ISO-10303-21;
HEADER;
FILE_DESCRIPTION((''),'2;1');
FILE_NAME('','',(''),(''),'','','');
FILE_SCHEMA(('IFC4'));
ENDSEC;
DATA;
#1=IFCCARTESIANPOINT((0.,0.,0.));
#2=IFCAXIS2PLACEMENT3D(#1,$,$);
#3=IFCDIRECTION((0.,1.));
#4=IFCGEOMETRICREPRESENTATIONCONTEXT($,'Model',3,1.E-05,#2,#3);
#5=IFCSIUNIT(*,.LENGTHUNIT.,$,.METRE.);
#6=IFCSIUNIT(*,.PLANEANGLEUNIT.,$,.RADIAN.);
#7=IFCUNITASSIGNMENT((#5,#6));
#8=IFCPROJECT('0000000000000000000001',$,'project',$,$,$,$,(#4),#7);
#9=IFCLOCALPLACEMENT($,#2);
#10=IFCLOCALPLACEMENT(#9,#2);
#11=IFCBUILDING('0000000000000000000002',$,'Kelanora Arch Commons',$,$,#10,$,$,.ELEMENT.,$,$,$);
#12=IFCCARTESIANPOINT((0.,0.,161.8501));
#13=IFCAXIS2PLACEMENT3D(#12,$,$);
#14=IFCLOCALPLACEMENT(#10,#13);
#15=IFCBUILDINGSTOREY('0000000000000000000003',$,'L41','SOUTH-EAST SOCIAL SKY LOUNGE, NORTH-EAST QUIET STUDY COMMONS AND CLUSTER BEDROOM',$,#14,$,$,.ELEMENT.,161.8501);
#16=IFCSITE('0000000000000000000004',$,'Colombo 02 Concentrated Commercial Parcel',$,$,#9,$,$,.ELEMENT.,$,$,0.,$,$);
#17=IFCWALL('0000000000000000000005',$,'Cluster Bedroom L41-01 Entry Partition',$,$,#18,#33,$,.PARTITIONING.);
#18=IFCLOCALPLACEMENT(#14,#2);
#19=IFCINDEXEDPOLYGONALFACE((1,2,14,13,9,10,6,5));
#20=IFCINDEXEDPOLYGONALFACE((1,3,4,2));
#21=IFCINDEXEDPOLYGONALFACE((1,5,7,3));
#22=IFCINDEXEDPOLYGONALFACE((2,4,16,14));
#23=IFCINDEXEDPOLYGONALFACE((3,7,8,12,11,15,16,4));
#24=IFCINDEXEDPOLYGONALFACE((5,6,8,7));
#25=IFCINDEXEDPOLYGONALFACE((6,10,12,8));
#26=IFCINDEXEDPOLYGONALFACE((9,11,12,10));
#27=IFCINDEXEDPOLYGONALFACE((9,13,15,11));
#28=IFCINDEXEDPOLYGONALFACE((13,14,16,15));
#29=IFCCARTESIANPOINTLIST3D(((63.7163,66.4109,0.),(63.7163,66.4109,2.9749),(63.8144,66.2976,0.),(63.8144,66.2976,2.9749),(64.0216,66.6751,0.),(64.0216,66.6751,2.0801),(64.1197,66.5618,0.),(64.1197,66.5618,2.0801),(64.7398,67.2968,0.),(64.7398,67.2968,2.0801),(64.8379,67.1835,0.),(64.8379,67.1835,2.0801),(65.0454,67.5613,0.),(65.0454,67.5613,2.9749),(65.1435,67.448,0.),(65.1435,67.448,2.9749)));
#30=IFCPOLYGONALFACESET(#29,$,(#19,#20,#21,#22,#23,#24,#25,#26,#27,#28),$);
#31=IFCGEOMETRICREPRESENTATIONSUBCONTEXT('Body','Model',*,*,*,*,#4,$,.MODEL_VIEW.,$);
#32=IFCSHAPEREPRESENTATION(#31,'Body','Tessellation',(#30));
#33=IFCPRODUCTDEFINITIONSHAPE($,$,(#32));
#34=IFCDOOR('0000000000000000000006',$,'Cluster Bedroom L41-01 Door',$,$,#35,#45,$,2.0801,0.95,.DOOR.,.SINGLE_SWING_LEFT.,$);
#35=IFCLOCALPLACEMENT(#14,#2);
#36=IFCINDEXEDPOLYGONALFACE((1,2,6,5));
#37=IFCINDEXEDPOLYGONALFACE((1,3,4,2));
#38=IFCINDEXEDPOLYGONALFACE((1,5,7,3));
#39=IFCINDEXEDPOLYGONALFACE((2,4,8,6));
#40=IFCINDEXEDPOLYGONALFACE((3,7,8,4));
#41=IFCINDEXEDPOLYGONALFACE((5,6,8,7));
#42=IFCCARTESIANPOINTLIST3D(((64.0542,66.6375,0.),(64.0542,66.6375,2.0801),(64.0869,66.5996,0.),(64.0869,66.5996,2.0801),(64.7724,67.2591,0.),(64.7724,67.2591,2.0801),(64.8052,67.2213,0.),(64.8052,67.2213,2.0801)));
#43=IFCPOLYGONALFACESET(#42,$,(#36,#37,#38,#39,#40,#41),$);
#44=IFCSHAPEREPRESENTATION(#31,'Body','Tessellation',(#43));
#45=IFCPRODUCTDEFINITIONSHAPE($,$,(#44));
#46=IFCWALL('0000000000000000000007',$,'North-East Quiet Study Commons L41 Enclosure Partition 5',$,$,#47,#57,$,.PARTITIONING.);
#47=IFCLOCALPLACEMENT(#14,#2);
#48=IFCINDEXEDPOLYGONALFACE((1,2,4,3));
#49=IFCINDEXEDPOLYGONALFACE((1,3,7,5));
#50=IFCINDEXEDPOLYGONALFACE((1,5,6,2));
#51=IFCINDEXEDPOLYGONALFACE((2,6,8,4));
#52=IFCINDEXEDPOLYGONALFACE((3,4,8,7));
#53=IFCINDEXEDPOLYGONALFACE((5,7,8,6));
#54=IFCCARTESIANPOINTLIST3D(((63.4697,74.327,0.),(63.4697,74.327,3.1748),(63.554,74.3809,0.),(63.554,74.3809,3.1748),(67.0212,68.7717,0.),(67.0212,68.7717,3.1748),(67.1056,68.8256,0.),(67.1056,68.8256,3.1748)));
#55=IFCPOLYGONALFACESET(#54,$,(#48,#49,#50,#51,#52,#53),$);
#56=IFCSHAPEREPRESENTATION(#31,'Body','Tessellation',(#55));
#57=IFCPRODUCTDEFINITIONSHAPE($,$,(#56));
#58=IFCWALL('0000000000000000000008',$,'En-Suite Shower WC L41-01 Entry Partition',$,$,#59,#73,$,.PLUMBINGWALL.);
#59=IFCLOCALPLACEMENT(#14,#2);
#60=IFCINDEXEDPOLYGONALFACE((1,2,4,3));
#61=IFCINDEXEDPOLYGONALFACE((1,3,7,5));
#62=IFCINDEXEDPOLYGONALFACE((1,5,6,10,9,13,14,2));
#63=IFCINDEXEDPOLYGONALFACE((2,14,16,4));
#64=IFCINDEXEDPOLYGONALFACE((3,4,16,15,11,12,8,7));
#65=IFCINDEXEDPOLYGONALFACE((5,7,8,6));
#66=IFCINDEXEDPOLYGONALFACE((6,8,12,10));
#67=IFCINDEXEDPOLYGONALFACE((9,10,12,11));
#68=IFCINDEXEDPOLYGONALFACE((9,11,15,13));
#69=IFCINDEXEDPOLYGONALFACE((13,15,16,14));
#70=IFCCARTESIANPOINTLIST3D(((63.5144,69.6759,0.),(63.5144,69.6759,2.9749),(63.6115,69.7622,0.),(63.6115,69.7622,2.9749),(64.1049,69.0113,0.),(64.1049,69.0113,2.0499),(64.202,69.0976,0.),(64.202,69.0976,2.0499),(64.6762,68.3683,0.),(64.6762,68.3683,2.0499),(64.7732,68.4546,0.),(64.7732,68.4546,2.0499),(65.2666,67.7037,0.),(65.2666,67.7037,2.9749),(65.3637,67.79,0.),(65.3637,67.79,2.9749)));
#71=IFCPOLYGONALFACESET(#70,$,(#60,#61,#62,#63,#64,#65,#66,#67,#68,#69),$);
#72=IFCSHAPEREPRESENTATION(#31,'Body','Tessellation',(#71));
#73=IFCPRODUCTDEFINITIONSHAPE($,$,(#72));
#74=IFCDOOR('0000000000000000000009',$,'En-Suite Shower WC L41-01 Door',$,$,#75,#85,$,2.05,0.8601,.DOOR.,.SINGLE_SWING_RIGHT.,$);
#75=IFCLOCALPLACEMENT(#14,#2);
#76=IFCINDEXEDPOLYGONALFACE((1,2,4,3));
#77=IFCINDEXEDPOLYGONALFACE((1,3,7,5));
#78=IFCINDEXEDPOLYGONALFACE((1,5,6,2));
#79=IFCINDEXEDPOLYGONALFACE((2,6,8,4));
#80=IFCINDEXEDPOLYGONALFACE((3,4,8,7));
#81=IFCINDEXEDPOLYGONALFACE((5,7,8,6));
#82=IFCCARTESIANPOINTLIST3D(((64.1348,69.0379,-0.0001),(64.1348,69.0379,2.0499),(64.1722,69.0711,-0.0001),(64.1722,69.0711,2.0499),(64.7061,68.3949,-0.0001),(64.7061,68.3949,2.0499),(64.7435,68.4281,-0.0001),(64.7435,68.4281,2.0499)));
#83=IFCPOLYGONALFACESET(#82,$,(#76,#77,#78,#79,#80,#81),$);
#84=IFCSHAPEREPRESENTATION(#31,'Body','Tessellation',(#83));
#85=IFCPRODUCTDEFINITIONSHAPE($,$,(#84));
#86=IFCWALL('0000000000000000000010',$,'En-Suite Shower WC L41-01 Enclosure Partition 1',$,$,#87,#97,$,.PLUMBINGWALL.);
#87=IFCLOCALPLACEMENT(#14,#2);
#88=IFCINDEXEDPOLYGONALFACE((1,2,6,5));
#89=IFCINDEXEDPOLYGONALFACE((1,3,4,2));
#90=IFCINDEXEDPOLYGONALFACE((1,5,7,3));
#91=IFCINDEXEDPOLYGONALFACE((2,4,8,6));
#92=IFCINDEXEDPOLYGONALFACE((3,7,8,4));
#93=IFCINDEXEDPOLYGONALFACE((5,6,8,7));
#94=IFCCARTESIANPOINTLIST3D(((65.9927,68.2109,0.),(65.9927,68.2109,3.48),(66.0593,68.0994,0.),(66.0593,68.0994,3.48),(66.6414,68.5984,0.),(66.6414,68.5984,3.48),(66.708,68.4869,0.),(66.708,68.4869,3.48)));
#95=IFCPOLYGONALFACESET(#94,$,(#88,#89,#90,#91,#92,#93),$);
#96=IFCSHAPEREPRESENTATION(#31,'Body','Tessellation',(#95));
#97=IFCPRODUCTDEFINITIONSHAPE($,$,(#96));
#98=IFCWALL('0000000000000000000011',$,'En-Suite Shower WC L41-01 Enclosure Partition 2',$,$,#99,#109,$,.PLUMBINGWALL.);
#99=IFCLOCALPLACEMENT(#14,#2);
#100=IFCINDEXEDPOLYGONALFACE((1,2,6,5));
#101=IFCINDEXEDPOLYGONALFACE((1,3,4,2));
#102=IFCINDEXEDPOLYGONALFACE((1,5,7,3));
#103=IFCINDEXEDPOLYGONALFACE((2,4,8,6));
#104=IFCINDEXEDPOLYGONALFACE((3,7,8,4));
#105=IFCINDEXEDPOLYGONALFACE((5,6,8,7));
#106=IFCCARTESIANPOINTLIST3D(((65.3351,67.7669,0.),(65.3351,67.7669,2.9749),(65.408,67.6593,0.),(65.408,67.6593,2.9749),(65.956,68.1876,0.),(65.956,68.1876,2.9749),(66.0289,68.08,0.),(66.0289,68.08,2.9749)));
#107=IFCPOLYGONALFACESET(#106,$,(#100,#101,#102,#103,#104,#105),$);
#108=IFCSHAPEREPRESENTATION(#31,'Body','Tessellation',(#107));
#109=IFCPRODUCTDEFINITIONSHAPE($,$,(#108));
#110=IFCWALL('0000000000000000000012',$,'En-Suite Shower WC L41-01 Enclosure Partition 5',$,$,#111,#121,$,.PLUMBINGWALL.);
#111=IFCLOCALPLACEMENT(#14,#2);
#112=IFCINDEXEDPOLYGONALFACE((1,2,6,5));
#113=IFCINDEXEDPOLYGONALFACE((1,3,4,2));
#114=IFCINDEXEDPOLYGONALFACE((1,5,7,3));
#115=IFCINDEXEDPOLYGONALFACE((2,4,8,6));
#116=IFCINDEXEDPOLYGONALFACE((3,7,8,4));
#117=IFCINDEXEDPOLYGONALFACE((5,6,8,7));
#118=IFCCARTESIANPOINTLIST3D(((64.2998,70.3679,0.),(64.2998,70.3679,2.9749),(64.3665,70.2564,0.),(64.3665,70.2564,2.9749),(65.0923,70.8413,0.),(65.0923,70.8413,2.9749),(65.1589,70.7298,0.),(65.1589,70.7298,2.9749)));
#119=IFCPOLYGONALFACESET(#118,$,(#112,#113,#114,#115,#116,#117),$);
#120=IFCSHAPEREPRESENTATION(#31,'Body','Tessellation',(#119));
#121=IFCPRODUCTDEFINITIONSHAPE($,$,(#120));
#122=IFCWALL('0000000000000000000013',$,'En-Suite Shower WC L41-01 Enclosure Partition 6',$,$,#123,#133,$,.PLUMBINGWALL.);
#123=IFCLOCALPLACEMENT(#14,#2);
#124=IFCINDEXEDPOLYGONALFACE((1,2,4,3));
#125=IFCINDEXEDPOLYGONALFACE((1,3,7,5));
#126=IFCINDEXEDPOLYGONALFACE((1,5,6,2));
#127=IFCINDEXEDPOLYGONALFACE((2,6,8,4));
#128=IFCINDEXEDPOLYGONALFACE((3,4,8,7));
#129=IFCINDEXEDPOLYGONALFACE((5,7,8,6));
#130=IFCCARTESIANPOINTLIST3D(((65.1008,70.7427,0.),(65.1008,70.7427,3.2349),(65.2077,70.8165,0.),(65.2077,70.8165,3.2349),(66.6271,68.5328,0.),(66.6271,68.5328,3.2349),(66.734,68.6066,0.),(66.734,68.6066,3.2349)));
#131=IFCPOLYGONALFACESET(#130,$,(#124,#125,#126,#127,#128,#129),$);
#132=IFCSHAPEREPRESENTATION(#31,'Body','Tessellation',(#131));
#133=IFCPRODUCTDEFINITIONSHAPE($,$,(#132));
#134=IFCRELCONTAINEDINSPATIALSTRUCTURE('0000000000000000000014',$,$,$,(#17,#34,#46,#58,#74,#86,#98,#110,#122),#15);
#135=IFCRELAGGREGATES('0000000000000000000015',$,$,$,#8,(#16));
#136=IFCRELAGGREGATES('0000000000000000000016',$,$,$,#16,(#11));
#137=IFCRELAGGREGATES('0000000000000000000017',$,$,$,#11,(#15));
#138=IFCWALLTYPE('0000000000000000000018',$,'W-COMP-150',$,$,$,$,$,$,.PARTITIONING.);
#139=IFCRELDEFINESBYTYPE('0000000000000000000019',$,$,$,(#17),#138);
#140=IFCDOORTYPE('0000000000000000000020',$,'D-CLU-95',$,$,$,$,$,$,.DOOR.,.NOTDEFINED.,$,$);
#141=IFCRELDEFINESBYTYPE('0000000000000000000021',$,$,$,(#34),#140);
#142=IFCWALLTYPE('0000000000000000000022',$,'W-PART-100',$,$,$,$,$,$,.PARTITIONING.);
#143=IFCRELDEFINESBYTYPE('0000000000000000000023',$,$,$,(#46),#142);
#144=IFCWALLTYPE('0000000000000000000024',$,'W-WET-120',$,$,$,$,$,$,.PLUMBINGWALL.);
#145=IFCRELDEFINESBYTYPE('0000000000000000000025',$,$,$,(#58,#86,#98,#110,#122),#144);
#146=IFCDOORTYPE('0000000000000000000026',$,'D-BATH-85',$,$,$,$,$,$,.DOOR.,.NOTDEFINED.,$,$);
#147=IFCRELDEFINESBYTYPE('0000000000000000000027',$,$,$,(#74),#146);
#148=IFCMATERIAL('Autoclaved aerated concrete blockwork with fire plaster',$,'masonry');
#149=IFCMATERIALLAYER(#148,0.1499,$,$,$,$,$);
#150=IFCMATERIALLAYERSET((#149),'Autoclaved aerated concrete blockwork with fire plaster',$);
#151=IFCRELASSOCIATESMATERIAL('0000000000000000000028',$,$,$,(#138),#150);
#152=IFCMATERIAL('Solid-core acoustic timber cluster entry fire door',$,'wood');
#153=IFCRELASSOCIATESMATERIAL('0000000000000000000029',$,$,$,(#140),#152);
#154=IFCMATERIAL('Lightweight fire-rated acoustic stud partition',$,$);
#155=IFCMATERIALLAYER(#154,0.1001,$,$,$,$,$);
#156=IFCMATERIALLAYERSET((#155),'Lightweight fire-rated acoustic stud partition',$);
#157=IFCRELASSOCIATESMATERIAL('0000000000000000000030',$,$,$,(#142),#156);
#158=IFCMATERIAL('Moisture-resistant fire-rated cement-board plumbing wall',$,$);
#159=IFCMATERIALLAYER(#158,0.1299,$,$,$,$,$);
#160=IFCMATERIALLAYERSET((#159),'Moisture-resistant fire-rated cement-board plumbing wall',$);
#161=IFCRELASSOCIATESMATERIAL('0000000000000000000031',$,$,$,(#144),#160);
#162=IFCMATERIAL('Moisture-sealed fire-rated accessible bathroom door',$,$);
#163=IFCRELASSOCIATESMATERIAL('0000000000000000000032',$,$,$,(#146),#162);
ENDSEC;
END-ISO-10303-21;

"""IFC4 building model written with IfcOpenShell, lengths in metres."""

from ifc_helpers import new_model, si_unit, direction, frame, frame_2d, origin, place, context, subcontext, project, spatial, rectangle, extrude, material, layer, layer_set, type_object, element, fill, save


model = new_model("IFC4")

# Units and contexts
model_context = context("Model", 3, precision=1e-05, world=origin(), true_north=direction((0.0, 1.0)))
body_context = subcontext(model_context, "Body", "Model", "MODEL_VIEW")
ifc_project = project(units=[si_unit("LENGTHUNIT", "METRE"), si_unit("PLANEANGLEUNIT", "RADIAN")], contexts=[model_context])

# Site, building, storey
site_placement = place(None, origin())
site = spatial("IfcSite", under=ifc_project, at=site_placement, Name="Colombo 02 Concentrated Commercial Parcel", CompositionType="ELEMENT", RefElevation=0.0)
building_placement = place(site_placement, origin())
building = spatial("IfcBuilding", under=site, at=building_placement, Name="Kelanora Arch Commons", CompositionType="ELEMENT")
storey_placement = place(building_placement, frame((0.0, 0.0, 161.8501)))
storey = spatial("IfcBuildingStorey", under=building, at=storey_placement, Name="L41", Description="SOUTH-EAST SOCIAL SKY LOUNGE, NORTH-EAST QUIET STUDY COMMONS AND CLUSTER BEDROOM", CompositionType="ELEMENT", Elevation=161.8501)

# Wall, opening, door
ifc_material_1 = material(Name="Autoclaved aerated concrete blockwork with fire plaster", Category="masonry")
ifc_layer_1 = layer(ifc_material_1, 0.1499)
ifc_layer_set_1 = layer_set([ifc_layer_1], Name="Autoclaved aerated concrete blockwork with fire plaster")
wall_type_1 = type_object("IfcWallType", Name="W-COMP-150", PredefinedType="PARTITIONING", material=ifc_layer_set_1)
wall_1_placement = place(storey_placement, frame((65.0945, 67.5046, 0.0), z_axis=(0.0, 0.0, 1.0), x_axis=(-0.756111, -0.654444, 0.0)))
wall_1 = element("IfcWall", 1, at=wall_1_placement, inside=storey, type_object=wall_type_1, Name="Cluster Bedroom L41-01 Entry Partition", PredefinedType="PARTITIONING", context=body_context, shape_type="SweptSolid", body=[
    extrude(rectangle(XDim=1.7578, YDim=0.1499, at=frame_2d((0.8789, 0.0))), origin(), (0.0, 0.0, 1.0), 2.9749),
])
opening_1_placement = place(wall_1_placement, frame((0.4041, 0.0, 0.0)))
opening_1 = element("IfcOpeningElement", 2, at=opening_1_placement, cuts=wall_1, PredefinedType="OPENING", context=body_context, shape_type="SweptSolid", body=[
    extrude(rectangle(XDim=0.95, YDim=2.0801, at=frame_2d((0.4751, 1.04))), frame((0.0, 0.085, 0.0), z_axis=(0.0, -1.0, 0.0), x_axis=(1.0, 0.0, 0.0)), (0.0, 0.0, 1.0), 0.1699),
])
ifc_material_2 = material(Name="Solid-core acoustic timber cluster entry fire door", Category="wood")
door_type_1 = type_object("IfcDoorType", Name="D-CLU-95", OperationType="NOTDEFINED", PredefinedType="DOOR", material=ifc_material_2)
door_1_placement = place(opening_1_placement, origin())
door_1 = element("IfcDoor", 3, at=door_1_placement, inside=storey, type_object=door_type_1, Name="Cluster Bedroom L41-01 Door", OperationType="SINGLE_SWING_LEFT", OverallHeight=2.0801, OverallWidth=0.95, PredefinedType="DOOR", context=body_context, shape_type="SweptSolid", body=[
    extrude(rectangle(XDim=0.95, YDim=2.0801, at=frame_2d((0.4751, 1.04))), frame((0.0, 0.0249, 0.0), z_axis=(0.0, -1.0, 0.0), x_axis=(1.0, 0.0, 0.0)), (0.0, 0.0, 1.0), 0.05),
])
fill(opening_1, door_1)

# Wall
ifc_material_3 = material(Name="Lightweight fire-rated acoustic stud partition")
ifc_layer_2 = layer(ifc_material_3, 0.1001)
ifc_layer_set_2 = layer_set([ifc_layer_2], Name="Lightweight fire-rated acoustic stud partition")
wall_type_2 = type_object("IfcWallType", Name="W-PART-100", PredefinedType="PARTITIONING", material=ifc_layer_set_2)
wall_2_placement = place(storey_placement, frame((67.0635, 68.7986, 0.0), z_axis=(0.0, 0.0, 1.0), x_axis=(-0.538645, 0.842533, 0.0)))
element("IfcWall", 4, at=wall_2_placement, inside=storey, type_object=wall_type_2, Name="North-East Quiet Study Commons L41 Enclosure Partition 5", PredefinedType="PARTITIONING", context=body_context, shape_type="SweptSolid", body=[
    extrude(rectangle(XDim=6.5935, YDim=0.1001, at=frame_2d((3.2969, 0.0))), origin(), (0.0, 0.0, 1.0), 3.1748),
])

# Wall, opening, door
ifc_material_4 = material(Name="Moisture-resistant fire-rated cement-board plumbing wall")
ifc_layer_3 = layer(ifc_material_4, 0.1299)
ifc_layer_set_3 = layer_set([ifc_layer_3], Name="Moisture-resistant fire-rated cement-board plumbing wall")
wall_type_3 = type_object("IfcWallType", Name="W-WET-120", PredefinedType="PLUMBINGWALL", material=ifc_layer_set_3)
wall_3_placement = place(storey_placement, frame((65.3152, 67.7468, 0.0), z_axis=(0.0, 0.0, 1.0), x_axis=(-0.664186, 0.747568, 0.0)))
wall_3 = element("IfcWall", 5, at=wall_3_placement, inside=storey, type_object=wall_type_3, Name="En-Suite Shower WC L41-01 Entry Partition", PredefinedType="PLUMBINGWALL", context=body_context, shape_type="SweptSolid", body=[
    extrude(rectangle(XDim=2.6382, YDim=0.1299, at=frame_2d((1.3191, 0.0))), origin(), (0.0, 0.0, 1.0), 2.9749),
])
opening_2_placement = place(wall_3_placement, frame((0.8889, 0.0, 0.0)))
opening_2 = element("IfcOpeningElement", 6, at=opening_2_placement, cuts=wall_3, PredefinedType="OPENING", context=body_context, shape_type="SweptSolid", body=[
    extrude(rectangle(XDim=0.8601, YDim=2.05, at=frame_2d((0.4302, 1.0249))), frame((0.0, 0.075, 0.0), z_axis=(0.0, -1.0, 0.0), x_axis=(1.0, 0.0, 0.0)), (0.0, 0.0, 1.0), 0.1499),
])
ifc_material_5 = material(Name="Moisture-sealed fire-rated accessible bathroom door")
door_type_2 = type_object("IfcDoorType", Name="D-BATH-85", OperationType="NOTDEFINED", PredefinedType="DOOR", material=ifc_material_5)
door_2_placement = place(opening_2_placement, origin())
door_2 = element("IfcDoor", 7, at=door_2_placement, inside=storey, type_object=door_type_2, Name="En-Suite Shower WC L41-01 Door", OperationType="SINGLE_SWING_RIGHT", OverallHeight=2.05, OverallWidth=0.8601, PredefinedType="DOOR", context=body_context, shape_type="SweptSolid", body=[
    extrude(rectangle(XDim=0.8601, YDim=2.05, at=frame_2d((0.4302, 1.0249))), frame((0.0, 0.0249, 0.0), z_axis=(0.0, -1.0, 0.0), x_axis=(1.0, 0.0, 0.0)), (0.0, 0.0, 1.0), 0.05),
])
fill(opening_2, door_2)

# Walls
wall_4_placement = place(storey_placement, frame((66.6748, 68.5427, 0.0), z_axis=(0.0, 0.0, 1.0), x_axis=(-0.858518, -0.512784, 0.0)))
element("IfcWall", 8, at=wall_4_placement, inside=storey, type_object=wall_type_3, Name="En-Suite Shower WC L41-01 Enclosure Partition 1", PredefinedType="PLUMBINGWALL", context=body_context, shape_type="SweptSolid", body=[
    extrude(rectangle(XDim=0.7556, YDim=0.1299, at=frame_2d((0.3779, 0.0))), origin(), (0.0, 0.0, 1.0), 3.48),
])
wall_5_placement = place(storey_placement, frame((65.9924, 68.1338, 0.0), z_axis=(0.0, 0.0, 1.0), x_axis=(-0.82787, -0.56092, 0.0)))
element("IfcWall", 9, at=wall_5_placement, inside=storey, type_object=wall_type_3, Name="En-Suite Shower WC L41-01 Enclosure Partition 2", PredefinedType="PLUMBINGWALL", context=body_context, shape_type="SweptSolid", body=[
    extrude(rectangle(XDim=0.75, YDim=0.1299, at=frame_2d((0.375, 0.0))), origin(), (0.0, 0.0, 1.0), 2.9749),
])
wall_6_placement = place(storey_placement, frame((64.3333, 70.3123, 0.0), z_axis=(0.0, 0.0, 1.0), x_axis=(0.858495, 0.512822, 0.0)))
element("IfcWall", 10, at=wall_6_placement, inside=storey, type_object=wall_type_3, Name="En-Suite Shower WC L41-01 Enclosure Partition 5", PredefinedType="PLUMBINGWALL", context=body_context, shape_type="SweptSolid", body=[
    extrude(rectangle(XDim=0.9231, YDim=0.1299, at=frame_2d((0.4614, 0.0))), origin(), (0.0, 0.0, 1.0), 2.9749),
])
wall_7_placement = place(storey_placement, frame((65.1543, 70.7795, 0.0), z_axis=(0.0, 0.0, 1.0), x_axis=(0.568302, -0.82282, 0.0)))
element("IfcWall", 11, at=wall_7_placement, inside=storey, type_object=wall_type_3, Name="En-Suite Shower WC L41-01 Enclosure Partition 6", PredefinedType="PLUMBINGWALL", context=body_context, shape_type="SweptSolid", body=[
    extrude(rectangle(XDim=2.6858, YDim=0.1299, at=frame_2d((1.3428, 0.0))), origin(), (0.0, 0.0, 1.0), 3.2349),
])

save(model, "model.ifc")
